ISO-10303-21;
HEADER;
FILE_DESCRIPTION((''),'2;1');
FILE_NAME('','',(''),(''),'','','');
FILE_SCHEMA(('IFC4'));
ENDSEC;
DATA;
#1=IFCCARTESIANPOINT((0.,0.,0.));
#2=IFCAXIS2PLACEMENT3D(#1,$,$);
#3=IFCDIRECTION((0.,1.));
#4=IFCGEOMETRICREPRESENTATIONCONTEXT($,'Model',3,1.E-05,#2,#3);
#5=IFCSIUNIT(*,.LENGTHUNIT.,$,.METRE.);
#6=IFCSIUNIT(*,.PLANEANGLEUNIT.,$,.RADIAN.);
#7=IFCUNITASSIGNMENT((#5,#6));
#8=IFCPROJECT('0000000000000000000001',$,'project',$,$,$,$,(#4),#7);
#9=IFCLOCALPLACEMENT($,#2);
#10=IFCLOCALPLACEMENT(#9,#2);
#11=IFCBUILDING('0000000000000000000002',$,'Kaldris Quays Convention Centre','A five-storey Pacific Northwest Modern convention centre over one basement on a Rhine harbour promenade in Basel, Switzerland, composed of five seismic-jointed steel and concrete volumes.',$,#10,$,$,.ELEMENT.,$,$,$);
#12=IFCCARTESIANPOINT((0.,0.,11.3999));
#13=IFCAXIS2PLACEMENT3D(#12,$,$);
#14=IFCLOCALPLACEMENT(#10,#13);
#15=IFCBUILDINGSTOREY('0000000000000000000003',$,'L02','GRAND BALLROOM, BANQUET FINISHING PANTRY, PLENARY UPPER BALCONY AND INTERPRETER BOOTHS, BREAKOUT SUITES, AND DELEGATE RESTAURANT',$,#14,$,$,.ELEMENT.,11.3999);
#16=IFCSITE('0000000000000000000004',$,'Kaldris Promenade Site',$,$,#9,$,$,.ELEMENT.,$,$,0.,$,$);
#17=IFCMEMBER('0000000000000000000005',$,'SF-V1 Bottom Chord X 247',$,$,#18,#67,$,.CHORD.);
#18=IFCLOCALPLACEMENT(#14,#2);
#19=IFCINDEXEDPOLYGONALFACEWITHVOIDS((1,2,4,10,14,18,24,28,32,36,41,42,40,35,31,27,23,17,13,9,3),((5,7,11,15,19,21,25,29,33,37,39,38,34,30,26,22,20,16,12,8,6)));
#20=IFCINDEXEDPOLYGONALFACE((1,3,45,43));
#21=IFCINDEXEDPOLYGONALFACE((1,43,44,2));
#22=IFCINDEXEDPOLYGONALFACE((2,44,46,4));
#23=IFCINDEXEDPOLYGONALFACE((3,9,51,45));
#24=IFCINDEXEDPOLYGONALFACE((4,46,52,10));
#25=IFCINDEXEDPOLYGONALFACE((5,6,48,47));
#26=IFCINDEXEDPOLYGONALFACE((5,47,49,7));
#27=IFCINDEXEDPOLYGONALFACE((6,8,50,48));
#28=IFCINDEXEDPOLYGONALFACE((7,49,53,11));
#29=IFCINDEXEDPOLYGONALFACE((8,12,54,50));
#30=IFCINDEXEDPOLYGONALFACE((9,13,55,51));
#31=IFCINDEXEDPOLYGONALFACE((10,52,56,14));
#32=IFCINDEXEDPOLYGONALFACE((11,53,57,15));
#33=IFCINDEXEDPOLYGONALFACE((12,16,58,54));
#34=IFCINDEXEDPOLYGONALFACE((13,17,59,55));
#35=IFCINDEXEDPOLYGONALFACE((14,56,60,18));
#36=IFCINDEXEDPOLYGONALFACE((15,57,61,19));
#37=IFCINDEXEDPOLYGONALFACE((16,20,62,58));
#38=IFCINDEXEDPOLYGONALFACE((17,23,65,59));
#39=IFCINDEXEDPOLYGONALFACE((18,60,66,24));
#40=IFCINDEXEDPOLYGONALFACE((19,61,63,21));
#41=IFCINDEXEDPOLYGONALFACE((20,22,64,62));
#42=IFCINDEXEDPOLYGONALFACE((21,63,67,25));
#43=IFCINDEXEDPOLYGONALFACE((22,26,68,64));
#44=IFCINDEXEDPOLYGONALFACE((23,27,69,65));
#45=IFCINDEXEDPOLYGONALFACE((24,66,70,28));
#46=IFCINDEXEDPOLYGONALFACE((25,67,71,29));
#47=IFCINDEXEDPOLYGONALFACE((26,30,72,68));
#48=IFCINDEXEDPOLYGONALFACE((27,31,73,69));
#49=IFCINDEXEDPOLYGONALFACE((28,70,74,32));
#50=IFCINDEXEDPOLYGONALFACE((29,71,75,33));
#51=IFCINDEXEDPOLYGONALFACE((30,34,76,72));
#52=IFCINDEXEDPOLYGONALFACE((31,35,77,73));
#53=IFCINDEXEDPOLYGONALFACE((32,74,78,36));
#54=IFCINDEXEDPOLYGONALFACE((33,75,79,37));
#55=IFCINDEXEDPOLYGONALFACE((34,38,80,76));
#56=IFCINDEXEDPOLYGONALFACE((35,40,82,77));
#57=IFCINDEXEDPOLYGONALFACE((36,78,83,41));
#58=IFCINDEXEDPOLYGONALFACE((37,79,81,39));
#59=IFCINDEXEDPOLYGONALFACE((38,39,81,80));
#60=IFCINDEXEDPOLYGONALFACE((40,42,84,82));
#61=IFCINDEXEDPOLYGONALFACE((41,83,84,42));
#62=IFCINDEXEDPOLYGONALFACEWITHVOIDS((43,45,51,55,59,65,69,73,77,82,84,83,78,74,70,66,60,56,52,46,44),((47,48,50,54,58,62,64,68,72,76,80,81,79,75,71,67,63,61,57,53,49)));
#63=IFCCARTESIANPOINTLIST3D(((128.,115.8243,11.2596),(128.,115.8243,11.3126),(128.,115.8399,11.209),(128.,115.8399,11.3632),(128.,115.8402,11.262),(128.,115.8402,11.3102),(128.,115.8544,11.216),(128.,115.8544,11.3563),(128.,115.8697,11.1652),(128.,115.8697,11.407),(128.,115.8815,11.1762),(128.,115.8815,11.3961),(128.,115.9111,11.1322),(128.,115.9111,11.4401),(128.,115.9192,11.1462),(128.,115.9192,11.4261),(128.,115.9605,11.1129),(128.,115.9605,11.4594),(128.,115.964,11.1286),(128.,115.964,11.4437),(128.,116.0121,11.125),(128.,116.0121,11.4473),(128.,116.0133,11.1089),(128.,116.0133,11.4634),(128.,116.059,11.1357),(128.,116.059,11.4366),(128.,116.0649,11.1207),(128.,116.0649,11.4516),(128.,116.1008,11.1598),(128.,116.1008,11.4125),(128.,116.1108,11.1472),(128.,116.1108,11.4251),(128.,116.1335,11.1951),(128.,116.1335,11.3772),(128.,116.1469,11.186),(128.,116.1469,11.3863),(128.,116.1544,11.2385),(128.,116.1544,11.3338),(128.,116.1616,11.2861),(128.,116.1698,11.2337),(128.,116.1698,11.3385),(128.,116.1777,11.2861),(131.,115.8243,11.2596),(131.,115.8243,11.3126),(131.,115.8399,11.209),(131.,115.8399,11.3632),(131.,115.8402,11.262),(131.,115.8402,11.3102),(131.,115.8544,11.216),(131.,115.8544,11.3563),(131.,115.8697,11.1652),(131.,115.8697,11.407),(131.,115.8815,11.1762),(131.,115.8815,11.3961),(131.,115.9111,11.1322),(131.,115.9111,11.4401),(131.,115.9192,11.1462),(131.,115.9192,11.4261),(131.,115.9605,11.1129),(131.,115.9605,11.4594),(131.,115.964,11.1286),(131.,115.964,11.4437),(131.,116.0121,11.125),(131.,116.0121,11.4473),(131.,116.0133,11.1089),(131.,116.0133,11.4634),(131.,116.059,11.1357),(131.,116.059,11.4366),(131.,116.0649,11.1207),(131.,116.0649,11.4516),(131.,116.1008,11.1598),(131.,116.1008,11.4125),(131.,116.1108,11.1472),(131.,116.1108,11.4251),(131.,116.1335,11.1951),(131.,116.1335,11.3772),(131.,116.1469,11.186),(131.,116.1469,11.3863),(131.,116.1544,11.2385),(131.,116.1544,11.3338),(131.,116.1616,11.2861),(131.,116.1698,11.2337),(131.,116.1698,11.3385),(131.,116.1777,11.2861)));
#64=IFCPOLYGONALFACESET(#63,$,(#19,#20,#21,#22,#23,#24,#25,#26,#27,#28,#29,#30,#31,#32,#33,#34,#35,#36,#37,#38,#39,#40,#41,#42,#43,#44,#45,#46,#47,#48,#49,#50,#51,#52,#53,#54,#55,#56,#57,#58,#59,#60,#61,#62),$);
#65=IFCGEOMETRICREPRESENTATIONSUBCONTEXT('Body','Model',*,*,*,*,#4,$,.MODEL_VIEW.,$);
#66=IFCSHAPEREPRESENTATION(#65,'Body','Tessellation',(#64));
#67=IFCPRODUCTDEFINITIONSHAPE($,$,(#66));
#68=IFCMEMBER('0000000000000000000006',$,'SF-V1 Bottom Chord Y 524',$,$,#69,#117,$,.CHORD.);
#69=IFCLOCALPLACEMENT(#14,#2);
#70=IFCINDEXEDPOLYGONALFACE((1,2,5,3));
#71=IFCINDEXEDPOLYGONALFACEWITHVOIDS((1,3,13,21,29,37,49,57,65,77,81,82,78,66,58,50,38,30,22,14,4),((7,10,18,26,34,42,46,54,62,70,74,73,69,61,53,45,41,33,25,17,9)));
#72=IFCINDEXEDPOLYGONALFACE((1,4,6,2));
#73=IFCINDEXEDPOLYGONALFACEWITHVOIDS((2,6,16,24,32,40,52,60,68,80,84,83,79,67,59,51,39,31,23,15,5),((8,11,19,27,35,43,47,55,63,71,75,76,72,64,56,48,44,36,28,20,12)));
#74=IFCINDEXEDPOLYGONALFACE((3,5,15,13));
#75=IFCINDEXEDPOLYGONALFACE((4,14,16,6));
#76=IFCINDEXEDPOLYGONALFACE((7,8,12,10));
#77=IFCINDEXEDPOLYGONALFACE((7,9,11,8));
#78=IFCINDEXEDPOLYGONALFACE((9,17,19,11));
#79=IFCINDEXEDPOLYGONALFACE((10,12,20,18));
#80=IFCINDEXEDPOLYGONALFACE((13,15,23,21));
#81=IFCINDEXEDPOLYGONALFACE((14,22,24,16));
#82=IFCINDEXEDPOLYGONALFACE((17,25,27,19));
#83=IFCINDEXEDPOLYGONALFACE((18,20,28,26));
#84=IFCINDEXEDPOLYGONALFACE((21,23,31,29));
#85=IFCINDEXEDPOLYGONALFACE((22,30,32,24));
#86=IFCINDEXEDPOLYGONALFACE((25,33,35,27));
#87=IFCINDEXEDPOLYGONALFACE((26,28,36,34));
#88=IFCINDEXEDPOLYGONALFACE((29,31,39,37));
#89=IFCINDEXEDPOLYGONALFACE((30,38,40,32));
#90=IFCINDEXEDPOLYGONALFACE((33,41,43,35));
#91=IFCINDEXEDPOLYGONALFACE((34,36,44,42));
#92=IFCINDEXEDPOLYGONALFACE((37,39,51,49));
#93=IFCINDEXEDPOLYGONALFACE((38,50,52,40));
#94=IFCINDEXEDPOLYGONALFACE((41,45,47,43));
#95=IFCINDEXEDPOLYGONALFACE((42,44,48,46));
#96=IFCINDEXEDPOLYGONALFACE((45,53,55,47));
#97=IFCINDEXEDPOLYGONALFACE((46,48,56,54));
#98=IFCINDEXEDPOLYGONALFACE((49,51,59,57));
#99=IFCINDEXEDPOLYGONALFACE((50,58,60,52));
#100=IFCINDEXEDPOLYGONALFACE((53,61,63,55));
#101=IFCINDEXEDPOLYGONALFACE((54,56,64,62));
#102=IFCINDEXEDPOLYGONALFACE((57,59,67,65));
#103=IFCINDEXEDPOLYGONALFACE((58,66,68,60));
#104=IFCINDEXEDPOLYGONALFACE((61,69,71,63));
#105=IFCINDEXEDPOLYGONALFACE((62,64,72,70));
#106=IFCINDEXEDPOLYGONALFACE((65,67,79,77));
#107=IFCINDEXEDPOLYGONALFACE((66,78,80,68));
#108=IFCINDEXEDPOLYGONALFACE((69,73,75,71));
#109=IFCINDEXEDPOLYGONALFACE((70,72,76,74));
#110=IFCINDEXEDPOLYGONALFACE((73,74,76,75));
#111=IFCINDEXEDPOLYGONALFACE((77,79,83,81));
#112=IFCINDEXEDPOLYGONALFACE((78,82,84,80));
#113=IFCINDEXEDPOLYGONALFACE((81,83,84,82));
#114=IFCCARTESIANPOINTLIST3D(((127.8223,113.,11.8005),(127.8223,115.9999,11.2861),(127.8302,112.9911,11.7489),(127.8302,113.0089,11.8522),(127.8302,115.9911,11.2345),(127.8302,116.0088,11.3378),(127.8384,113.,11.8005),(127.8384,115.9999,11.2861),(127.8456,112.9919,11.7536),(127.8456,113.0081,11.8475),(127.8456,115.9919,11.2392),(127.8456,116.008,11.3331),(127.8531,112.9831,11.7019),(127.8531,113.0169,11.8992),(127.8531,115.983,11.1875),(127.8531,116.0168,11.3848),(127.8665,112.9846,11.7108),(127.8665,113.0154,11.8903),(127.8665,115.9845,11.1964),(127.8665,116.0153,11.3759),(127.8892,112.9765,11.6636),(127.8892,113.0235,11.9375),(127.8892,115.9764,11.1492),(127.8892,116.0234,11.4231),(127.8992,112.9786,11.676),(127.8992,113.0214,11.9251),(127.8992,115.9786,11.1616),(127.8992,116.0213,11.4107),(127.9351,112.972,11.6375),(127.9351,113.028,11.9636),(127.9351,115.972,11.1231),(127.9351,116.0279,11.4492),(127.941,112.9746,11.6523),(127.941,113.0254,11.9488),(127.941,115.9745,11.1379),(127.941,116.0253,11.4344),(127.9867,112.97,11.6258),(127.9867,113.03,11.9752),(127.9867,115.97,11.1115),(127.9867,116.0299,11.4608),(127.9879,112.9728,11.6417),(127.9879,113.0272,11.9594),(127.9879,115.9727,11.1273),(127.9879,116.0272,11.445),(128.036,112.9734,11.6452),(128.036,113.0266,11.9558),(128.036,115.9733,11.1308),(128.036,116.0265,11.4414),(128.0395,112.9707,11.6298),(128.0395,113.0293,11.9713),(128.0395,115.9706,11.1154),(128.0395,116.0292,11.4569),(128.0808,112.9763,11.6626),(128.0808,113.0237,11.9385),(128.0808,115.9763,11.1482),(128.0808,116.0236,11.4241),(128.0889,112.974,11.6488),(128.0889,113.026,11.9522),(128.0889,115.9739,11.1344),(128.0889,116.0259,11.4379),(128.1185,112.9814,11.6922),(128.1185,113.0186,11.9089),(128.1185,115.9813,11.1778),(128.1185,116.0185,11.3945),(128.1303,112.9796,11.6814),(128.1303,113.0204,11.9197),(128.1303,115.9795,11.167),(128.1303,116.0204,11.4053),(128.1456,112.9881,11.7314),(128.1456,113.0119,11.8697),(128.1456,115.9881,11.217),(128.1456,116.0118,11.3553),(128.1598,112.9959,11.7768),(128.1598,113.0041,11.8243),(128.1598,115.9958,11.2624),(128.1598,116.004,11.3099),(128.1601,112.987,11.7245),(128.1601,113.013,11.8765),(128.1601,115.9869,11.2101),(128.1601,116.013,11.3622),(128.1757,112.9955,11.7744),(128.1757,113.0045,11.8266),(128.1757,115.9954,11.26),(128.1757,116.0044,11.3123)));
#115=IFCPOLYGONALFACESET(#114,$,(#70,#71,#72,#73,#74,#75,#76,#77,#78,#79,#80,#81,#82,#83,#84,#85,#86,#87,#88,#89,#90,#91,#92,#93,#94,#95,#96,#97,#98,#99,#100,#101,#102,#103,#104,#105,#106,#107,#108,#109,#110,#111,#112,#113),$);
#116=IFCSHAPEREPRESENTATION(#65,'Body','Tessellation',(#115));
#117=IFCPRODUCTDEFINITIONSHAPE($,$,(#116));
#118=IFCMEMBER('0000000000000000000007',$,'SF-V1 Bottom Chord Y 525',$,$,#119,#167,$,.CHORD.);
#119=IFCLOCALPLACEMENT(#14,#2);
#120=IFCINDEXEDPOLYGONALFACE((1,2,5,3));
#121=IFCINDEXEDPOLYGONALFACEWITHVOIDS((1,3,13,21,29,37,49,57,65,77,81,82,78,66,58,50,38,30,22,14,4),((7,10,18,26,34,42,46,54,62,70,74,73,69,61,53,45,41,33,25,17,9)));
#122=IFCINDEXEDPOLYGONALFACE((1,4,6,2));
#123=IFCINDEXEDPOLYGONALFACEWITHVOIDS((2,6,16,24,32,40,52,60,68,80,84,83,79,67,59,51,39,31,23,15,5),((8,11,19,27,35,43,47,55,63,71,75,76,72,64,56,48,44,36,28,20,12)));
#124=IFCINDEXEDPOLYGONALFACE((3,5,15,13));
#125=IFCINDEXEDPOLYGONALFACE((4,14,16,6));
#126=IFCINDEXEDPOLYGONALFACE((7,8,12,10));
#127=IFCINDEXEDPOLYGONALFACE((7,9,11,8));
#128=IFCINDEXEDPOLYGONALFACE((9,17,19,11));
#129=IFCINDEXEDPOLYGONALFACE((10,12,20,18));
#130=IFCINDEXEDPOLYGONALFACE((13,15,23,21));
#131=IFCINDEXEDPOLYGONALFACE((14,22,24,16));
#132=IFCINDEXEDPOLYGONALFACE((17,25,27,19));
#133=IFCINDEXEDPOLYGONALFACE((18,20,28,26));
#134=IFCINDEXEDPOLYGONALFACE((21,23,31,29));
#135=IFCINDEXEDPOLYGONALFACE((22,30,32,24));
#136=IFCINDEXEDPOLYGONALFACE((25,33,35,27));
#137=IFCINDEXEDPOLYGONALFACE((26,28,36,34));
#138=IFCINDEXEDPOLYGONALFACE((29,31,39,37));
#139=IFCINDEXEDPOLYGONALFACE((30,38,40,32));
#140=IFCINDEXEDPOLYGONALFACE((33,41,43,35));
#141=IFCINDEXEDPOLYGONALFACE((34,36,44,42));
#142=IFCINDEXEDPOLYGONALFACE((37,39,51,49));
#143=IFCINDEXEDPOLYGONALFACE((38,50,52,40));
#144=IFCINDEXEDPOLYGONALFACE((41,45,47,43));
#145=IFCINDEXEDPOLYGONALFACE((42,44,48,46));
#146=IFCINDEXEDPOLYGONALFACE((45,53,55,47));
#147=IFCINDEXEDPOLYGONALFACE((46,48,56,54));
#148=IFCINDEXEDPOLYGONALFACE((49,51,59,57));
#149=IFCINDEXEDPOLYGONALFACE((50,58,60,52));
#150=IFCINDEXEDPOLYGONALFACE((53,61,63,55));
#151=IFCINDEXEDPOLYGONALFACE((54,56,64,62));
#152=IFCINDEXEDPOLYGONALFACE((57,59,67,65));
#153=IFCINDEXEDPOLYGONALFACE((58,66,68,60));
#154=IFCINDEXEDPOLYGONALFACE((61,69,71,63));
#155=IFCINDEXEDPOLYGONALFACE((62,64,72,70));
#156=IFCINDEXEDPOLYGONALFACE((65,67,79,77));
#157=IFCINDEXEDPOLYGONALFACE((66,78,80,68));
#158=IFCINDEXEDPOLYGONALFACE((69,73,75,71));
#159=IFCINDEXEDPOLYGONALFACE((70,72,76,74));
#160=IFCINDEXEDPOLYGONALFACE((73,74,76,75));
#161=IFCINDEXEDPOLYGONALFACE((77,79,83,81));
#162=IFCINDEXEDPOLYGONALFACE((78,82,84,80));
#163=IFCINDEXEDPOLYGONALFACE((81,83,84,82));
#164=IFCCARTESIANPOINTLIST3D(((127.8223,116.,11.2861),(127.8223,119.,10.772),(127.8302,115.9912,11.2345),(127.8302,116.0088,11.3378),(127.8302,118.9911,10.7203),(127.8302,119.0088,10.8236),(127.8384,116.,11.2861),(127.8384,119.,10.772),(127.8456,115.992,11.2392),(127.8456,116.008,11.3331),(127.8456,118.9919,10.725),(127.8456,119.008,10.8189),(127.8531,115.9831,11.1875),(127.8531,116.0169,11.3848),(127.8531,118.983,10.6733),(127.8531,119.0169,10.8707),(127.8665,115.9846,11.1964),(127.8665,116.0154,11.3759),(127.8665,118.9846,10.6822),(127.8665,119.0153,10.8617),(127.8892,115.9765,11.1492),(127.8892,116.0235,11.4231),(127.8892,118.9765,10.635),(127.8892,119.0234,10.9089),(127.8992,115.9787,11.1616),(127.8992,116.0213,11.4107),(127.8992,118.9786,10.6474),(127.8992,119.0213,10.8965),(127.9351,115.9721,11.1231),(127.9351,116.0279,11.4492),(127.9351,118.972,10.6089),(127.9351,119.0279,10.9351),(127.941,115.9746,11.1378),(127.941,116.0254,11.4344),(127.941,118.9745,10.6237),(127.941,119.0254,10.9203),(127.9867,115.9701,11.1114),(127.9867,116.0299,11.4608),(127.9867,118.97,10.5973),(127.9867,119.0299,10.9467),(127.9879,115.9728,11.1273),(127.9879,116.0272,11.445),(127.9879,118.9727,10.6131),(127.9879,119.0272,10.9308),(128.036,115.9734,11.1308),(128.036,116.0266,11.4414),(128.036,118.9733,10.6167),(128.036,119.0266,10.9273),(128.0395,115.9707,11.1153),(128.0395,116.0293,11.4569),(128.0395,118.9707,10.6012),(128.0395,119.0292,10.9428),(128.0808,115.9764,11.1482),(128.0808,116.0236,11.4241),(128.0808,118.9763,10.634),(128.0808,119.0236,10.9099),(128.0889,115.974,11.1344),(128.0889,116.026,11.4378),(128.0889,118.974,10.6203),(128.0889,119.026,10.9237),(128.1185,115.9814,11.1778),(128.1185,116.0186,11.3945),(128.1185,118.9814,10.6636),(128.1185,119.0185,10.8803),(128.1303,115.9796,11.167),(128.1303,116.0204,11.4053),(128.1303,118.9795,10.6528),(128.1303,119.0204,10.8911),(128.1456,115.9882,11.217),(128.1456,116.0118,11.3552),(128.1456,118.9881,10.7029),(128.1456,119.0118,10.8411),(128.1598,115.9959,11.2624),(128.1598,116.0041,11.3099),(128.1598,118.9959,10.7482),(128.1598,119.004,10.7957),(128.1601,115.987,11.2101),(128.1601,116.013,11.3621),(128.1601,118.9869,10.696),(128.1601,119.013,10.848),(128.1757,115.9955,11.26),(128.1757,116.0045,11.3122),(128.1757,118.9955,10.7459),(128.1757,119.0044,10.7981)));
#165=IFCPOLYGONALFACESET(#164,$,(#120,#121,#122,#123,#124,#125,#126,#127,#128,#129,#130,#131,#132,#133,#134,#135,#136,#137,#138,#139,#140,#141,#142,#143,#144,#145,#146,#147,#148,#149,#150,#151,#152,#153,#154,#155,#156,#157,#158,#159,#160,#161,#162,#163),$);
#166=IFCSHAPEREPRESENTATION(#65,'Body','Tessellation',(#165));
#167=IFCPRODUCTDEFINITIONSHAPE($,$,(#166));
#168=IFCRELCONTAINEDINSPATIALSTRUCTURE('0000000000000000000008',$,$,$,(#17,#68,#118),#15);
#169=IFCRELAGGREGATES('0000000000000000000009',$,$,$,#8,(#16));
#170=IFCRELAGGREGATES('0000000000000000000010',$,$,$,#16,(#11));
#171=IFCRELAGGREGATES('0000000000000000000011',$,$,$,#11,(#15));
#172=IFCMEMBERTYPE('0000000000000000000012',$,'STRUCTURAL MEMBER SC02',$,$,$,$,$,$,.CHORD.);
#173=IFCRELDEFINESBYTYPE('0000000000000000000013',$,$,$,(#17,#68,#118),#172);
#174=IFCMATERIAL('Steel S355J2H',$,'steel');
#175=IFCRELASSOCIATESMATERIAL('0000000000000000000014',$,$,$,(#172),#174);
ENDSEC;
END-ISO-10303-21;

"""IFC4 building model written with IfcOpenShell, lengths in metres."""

from ifc_helpers import new_model, si_unit, direction, frame, origin, origin_2d, place, context, subcontext, project, spatial, hollow_circle, extrude, material, material_profile, profile_set, type_object, element, save


model = new_model("IFC4")

# Units and contexts
model_context = context("Model", 3, precision=1e-05, world=origin(), true_north=direction((0.0, 1.0)))
body_context = subcontext(model_context, "Body", "Model", "MODEL_VIEW")
ifc_project = project(units=[si_unit("LENGTHUNIT", "METRE"), si_unit("PLANEANGLEUNIT", "RADIAN")], contexts=[model_context])

# Site, building, storey
site_placement = place(None, origin())
site = spatial("IfcSite", under=ifc_project, at=site_placement, Name="Kaldris Promenade Site", CompositionType="ELEMENT", RefElevation=0.0)
building_placement = place(site_placement, origin())
building = spatial("IfcBuilding", under=site, at=building_placement, Name="Kaldris Quays Convention Centre", Description="A five-storey Pacific Northwest Modern convention centre over one basement on a Rhine harbour promenade in Basel, Switzerland, composed of five seismic-jointed steel and concrete volumes.", CompositionType="ELEMENT")
storey_placement = place(building_placement, frame((0.0, 0.0, 11.3999)))
storey = spatial("IfcBuildingStorey", under=building, at=storey_placement, Name="L02", Description="GRAND BALLROOM, BANQUET FINISHING PANTRY, PLENARY UPPER BALCONY AND INTERPRETER BOOTHS, BREAKOUT SUITES, AND DELEGATE RESTAURANT", CompositionType="ELEMENT", Elevation=11.3999)

# Members
ifc_material_1 = material(Name="Steel S355J2H", Category="steel")
ifc_material_profile_1 = material_profile(ifc_material_1, hollow_circle(Radius=0.1777, WallThickness=0.0161, at=origin_2d()), Name="CHS 355.6x16")
ifc_profile_set_1 = profile_set([ifc_material_profile_1], Name="Steel S355J2H")
member_type_1 = type_object("IfcMemberType", Name="STRUCTURAL MEMBER SC02", PredefinedType="CHORD", material=ifc_profile_set_1)
for number, where, z_axis, x_axis, name in (
    (1, (128.0, 116.0, 11.2861), (1.0, 0.0, 0.0), (0.0, 1.0, 0.0), "SF-V1 Bottom Chord X 247"),
):
    element("IfcMember", number, at=place(storey_placement, frame(where, z_axis=z_axis, x_axis=x_axis)), inside=storey, type_object=member_type_1, Name=name, PredefinedType="CHORD", context=body_context, shape_type="SweptSolid", body=[
        extrude(hollow_circle(Radius=0.1777, WallThickness=0.0161, at=origin_2d()), origin(), (0.0, 0.0, 1.0), 3.0),
    ])
for number, where, z_axis, x_axis, name in (
    (2, (128.0, 113.0, 11.8005), (0.0, 0.985616, -0.169002), (-1.0, 0.0, 0.0), "SF-V1 Bottom Chord Y 524"),
    (3, (128.0, 116.0, 11.2861), (0.0, 0.985629, -0.168924), (-1.0, 0.0, 0.0), "SF-V1 Bottom Chord Y 525"),
):
    element("IfcMember", number, at=place(storey_placement, frame(where, z_axis=z_axis, x_axis=x_axis)), inside=storey, type_object=member_type_1, Name=name, PredefinedType="CHORD", context=body_context, shape_type="SweptSolid", body=[
        extrude(hollow_circle(Radius=0.1777, WallThickness=0.0161, at=origin_2d()), origin(), (0.0, 0.0, 1.0), 3.0437),
    ])

save(model, "model.ifc")
